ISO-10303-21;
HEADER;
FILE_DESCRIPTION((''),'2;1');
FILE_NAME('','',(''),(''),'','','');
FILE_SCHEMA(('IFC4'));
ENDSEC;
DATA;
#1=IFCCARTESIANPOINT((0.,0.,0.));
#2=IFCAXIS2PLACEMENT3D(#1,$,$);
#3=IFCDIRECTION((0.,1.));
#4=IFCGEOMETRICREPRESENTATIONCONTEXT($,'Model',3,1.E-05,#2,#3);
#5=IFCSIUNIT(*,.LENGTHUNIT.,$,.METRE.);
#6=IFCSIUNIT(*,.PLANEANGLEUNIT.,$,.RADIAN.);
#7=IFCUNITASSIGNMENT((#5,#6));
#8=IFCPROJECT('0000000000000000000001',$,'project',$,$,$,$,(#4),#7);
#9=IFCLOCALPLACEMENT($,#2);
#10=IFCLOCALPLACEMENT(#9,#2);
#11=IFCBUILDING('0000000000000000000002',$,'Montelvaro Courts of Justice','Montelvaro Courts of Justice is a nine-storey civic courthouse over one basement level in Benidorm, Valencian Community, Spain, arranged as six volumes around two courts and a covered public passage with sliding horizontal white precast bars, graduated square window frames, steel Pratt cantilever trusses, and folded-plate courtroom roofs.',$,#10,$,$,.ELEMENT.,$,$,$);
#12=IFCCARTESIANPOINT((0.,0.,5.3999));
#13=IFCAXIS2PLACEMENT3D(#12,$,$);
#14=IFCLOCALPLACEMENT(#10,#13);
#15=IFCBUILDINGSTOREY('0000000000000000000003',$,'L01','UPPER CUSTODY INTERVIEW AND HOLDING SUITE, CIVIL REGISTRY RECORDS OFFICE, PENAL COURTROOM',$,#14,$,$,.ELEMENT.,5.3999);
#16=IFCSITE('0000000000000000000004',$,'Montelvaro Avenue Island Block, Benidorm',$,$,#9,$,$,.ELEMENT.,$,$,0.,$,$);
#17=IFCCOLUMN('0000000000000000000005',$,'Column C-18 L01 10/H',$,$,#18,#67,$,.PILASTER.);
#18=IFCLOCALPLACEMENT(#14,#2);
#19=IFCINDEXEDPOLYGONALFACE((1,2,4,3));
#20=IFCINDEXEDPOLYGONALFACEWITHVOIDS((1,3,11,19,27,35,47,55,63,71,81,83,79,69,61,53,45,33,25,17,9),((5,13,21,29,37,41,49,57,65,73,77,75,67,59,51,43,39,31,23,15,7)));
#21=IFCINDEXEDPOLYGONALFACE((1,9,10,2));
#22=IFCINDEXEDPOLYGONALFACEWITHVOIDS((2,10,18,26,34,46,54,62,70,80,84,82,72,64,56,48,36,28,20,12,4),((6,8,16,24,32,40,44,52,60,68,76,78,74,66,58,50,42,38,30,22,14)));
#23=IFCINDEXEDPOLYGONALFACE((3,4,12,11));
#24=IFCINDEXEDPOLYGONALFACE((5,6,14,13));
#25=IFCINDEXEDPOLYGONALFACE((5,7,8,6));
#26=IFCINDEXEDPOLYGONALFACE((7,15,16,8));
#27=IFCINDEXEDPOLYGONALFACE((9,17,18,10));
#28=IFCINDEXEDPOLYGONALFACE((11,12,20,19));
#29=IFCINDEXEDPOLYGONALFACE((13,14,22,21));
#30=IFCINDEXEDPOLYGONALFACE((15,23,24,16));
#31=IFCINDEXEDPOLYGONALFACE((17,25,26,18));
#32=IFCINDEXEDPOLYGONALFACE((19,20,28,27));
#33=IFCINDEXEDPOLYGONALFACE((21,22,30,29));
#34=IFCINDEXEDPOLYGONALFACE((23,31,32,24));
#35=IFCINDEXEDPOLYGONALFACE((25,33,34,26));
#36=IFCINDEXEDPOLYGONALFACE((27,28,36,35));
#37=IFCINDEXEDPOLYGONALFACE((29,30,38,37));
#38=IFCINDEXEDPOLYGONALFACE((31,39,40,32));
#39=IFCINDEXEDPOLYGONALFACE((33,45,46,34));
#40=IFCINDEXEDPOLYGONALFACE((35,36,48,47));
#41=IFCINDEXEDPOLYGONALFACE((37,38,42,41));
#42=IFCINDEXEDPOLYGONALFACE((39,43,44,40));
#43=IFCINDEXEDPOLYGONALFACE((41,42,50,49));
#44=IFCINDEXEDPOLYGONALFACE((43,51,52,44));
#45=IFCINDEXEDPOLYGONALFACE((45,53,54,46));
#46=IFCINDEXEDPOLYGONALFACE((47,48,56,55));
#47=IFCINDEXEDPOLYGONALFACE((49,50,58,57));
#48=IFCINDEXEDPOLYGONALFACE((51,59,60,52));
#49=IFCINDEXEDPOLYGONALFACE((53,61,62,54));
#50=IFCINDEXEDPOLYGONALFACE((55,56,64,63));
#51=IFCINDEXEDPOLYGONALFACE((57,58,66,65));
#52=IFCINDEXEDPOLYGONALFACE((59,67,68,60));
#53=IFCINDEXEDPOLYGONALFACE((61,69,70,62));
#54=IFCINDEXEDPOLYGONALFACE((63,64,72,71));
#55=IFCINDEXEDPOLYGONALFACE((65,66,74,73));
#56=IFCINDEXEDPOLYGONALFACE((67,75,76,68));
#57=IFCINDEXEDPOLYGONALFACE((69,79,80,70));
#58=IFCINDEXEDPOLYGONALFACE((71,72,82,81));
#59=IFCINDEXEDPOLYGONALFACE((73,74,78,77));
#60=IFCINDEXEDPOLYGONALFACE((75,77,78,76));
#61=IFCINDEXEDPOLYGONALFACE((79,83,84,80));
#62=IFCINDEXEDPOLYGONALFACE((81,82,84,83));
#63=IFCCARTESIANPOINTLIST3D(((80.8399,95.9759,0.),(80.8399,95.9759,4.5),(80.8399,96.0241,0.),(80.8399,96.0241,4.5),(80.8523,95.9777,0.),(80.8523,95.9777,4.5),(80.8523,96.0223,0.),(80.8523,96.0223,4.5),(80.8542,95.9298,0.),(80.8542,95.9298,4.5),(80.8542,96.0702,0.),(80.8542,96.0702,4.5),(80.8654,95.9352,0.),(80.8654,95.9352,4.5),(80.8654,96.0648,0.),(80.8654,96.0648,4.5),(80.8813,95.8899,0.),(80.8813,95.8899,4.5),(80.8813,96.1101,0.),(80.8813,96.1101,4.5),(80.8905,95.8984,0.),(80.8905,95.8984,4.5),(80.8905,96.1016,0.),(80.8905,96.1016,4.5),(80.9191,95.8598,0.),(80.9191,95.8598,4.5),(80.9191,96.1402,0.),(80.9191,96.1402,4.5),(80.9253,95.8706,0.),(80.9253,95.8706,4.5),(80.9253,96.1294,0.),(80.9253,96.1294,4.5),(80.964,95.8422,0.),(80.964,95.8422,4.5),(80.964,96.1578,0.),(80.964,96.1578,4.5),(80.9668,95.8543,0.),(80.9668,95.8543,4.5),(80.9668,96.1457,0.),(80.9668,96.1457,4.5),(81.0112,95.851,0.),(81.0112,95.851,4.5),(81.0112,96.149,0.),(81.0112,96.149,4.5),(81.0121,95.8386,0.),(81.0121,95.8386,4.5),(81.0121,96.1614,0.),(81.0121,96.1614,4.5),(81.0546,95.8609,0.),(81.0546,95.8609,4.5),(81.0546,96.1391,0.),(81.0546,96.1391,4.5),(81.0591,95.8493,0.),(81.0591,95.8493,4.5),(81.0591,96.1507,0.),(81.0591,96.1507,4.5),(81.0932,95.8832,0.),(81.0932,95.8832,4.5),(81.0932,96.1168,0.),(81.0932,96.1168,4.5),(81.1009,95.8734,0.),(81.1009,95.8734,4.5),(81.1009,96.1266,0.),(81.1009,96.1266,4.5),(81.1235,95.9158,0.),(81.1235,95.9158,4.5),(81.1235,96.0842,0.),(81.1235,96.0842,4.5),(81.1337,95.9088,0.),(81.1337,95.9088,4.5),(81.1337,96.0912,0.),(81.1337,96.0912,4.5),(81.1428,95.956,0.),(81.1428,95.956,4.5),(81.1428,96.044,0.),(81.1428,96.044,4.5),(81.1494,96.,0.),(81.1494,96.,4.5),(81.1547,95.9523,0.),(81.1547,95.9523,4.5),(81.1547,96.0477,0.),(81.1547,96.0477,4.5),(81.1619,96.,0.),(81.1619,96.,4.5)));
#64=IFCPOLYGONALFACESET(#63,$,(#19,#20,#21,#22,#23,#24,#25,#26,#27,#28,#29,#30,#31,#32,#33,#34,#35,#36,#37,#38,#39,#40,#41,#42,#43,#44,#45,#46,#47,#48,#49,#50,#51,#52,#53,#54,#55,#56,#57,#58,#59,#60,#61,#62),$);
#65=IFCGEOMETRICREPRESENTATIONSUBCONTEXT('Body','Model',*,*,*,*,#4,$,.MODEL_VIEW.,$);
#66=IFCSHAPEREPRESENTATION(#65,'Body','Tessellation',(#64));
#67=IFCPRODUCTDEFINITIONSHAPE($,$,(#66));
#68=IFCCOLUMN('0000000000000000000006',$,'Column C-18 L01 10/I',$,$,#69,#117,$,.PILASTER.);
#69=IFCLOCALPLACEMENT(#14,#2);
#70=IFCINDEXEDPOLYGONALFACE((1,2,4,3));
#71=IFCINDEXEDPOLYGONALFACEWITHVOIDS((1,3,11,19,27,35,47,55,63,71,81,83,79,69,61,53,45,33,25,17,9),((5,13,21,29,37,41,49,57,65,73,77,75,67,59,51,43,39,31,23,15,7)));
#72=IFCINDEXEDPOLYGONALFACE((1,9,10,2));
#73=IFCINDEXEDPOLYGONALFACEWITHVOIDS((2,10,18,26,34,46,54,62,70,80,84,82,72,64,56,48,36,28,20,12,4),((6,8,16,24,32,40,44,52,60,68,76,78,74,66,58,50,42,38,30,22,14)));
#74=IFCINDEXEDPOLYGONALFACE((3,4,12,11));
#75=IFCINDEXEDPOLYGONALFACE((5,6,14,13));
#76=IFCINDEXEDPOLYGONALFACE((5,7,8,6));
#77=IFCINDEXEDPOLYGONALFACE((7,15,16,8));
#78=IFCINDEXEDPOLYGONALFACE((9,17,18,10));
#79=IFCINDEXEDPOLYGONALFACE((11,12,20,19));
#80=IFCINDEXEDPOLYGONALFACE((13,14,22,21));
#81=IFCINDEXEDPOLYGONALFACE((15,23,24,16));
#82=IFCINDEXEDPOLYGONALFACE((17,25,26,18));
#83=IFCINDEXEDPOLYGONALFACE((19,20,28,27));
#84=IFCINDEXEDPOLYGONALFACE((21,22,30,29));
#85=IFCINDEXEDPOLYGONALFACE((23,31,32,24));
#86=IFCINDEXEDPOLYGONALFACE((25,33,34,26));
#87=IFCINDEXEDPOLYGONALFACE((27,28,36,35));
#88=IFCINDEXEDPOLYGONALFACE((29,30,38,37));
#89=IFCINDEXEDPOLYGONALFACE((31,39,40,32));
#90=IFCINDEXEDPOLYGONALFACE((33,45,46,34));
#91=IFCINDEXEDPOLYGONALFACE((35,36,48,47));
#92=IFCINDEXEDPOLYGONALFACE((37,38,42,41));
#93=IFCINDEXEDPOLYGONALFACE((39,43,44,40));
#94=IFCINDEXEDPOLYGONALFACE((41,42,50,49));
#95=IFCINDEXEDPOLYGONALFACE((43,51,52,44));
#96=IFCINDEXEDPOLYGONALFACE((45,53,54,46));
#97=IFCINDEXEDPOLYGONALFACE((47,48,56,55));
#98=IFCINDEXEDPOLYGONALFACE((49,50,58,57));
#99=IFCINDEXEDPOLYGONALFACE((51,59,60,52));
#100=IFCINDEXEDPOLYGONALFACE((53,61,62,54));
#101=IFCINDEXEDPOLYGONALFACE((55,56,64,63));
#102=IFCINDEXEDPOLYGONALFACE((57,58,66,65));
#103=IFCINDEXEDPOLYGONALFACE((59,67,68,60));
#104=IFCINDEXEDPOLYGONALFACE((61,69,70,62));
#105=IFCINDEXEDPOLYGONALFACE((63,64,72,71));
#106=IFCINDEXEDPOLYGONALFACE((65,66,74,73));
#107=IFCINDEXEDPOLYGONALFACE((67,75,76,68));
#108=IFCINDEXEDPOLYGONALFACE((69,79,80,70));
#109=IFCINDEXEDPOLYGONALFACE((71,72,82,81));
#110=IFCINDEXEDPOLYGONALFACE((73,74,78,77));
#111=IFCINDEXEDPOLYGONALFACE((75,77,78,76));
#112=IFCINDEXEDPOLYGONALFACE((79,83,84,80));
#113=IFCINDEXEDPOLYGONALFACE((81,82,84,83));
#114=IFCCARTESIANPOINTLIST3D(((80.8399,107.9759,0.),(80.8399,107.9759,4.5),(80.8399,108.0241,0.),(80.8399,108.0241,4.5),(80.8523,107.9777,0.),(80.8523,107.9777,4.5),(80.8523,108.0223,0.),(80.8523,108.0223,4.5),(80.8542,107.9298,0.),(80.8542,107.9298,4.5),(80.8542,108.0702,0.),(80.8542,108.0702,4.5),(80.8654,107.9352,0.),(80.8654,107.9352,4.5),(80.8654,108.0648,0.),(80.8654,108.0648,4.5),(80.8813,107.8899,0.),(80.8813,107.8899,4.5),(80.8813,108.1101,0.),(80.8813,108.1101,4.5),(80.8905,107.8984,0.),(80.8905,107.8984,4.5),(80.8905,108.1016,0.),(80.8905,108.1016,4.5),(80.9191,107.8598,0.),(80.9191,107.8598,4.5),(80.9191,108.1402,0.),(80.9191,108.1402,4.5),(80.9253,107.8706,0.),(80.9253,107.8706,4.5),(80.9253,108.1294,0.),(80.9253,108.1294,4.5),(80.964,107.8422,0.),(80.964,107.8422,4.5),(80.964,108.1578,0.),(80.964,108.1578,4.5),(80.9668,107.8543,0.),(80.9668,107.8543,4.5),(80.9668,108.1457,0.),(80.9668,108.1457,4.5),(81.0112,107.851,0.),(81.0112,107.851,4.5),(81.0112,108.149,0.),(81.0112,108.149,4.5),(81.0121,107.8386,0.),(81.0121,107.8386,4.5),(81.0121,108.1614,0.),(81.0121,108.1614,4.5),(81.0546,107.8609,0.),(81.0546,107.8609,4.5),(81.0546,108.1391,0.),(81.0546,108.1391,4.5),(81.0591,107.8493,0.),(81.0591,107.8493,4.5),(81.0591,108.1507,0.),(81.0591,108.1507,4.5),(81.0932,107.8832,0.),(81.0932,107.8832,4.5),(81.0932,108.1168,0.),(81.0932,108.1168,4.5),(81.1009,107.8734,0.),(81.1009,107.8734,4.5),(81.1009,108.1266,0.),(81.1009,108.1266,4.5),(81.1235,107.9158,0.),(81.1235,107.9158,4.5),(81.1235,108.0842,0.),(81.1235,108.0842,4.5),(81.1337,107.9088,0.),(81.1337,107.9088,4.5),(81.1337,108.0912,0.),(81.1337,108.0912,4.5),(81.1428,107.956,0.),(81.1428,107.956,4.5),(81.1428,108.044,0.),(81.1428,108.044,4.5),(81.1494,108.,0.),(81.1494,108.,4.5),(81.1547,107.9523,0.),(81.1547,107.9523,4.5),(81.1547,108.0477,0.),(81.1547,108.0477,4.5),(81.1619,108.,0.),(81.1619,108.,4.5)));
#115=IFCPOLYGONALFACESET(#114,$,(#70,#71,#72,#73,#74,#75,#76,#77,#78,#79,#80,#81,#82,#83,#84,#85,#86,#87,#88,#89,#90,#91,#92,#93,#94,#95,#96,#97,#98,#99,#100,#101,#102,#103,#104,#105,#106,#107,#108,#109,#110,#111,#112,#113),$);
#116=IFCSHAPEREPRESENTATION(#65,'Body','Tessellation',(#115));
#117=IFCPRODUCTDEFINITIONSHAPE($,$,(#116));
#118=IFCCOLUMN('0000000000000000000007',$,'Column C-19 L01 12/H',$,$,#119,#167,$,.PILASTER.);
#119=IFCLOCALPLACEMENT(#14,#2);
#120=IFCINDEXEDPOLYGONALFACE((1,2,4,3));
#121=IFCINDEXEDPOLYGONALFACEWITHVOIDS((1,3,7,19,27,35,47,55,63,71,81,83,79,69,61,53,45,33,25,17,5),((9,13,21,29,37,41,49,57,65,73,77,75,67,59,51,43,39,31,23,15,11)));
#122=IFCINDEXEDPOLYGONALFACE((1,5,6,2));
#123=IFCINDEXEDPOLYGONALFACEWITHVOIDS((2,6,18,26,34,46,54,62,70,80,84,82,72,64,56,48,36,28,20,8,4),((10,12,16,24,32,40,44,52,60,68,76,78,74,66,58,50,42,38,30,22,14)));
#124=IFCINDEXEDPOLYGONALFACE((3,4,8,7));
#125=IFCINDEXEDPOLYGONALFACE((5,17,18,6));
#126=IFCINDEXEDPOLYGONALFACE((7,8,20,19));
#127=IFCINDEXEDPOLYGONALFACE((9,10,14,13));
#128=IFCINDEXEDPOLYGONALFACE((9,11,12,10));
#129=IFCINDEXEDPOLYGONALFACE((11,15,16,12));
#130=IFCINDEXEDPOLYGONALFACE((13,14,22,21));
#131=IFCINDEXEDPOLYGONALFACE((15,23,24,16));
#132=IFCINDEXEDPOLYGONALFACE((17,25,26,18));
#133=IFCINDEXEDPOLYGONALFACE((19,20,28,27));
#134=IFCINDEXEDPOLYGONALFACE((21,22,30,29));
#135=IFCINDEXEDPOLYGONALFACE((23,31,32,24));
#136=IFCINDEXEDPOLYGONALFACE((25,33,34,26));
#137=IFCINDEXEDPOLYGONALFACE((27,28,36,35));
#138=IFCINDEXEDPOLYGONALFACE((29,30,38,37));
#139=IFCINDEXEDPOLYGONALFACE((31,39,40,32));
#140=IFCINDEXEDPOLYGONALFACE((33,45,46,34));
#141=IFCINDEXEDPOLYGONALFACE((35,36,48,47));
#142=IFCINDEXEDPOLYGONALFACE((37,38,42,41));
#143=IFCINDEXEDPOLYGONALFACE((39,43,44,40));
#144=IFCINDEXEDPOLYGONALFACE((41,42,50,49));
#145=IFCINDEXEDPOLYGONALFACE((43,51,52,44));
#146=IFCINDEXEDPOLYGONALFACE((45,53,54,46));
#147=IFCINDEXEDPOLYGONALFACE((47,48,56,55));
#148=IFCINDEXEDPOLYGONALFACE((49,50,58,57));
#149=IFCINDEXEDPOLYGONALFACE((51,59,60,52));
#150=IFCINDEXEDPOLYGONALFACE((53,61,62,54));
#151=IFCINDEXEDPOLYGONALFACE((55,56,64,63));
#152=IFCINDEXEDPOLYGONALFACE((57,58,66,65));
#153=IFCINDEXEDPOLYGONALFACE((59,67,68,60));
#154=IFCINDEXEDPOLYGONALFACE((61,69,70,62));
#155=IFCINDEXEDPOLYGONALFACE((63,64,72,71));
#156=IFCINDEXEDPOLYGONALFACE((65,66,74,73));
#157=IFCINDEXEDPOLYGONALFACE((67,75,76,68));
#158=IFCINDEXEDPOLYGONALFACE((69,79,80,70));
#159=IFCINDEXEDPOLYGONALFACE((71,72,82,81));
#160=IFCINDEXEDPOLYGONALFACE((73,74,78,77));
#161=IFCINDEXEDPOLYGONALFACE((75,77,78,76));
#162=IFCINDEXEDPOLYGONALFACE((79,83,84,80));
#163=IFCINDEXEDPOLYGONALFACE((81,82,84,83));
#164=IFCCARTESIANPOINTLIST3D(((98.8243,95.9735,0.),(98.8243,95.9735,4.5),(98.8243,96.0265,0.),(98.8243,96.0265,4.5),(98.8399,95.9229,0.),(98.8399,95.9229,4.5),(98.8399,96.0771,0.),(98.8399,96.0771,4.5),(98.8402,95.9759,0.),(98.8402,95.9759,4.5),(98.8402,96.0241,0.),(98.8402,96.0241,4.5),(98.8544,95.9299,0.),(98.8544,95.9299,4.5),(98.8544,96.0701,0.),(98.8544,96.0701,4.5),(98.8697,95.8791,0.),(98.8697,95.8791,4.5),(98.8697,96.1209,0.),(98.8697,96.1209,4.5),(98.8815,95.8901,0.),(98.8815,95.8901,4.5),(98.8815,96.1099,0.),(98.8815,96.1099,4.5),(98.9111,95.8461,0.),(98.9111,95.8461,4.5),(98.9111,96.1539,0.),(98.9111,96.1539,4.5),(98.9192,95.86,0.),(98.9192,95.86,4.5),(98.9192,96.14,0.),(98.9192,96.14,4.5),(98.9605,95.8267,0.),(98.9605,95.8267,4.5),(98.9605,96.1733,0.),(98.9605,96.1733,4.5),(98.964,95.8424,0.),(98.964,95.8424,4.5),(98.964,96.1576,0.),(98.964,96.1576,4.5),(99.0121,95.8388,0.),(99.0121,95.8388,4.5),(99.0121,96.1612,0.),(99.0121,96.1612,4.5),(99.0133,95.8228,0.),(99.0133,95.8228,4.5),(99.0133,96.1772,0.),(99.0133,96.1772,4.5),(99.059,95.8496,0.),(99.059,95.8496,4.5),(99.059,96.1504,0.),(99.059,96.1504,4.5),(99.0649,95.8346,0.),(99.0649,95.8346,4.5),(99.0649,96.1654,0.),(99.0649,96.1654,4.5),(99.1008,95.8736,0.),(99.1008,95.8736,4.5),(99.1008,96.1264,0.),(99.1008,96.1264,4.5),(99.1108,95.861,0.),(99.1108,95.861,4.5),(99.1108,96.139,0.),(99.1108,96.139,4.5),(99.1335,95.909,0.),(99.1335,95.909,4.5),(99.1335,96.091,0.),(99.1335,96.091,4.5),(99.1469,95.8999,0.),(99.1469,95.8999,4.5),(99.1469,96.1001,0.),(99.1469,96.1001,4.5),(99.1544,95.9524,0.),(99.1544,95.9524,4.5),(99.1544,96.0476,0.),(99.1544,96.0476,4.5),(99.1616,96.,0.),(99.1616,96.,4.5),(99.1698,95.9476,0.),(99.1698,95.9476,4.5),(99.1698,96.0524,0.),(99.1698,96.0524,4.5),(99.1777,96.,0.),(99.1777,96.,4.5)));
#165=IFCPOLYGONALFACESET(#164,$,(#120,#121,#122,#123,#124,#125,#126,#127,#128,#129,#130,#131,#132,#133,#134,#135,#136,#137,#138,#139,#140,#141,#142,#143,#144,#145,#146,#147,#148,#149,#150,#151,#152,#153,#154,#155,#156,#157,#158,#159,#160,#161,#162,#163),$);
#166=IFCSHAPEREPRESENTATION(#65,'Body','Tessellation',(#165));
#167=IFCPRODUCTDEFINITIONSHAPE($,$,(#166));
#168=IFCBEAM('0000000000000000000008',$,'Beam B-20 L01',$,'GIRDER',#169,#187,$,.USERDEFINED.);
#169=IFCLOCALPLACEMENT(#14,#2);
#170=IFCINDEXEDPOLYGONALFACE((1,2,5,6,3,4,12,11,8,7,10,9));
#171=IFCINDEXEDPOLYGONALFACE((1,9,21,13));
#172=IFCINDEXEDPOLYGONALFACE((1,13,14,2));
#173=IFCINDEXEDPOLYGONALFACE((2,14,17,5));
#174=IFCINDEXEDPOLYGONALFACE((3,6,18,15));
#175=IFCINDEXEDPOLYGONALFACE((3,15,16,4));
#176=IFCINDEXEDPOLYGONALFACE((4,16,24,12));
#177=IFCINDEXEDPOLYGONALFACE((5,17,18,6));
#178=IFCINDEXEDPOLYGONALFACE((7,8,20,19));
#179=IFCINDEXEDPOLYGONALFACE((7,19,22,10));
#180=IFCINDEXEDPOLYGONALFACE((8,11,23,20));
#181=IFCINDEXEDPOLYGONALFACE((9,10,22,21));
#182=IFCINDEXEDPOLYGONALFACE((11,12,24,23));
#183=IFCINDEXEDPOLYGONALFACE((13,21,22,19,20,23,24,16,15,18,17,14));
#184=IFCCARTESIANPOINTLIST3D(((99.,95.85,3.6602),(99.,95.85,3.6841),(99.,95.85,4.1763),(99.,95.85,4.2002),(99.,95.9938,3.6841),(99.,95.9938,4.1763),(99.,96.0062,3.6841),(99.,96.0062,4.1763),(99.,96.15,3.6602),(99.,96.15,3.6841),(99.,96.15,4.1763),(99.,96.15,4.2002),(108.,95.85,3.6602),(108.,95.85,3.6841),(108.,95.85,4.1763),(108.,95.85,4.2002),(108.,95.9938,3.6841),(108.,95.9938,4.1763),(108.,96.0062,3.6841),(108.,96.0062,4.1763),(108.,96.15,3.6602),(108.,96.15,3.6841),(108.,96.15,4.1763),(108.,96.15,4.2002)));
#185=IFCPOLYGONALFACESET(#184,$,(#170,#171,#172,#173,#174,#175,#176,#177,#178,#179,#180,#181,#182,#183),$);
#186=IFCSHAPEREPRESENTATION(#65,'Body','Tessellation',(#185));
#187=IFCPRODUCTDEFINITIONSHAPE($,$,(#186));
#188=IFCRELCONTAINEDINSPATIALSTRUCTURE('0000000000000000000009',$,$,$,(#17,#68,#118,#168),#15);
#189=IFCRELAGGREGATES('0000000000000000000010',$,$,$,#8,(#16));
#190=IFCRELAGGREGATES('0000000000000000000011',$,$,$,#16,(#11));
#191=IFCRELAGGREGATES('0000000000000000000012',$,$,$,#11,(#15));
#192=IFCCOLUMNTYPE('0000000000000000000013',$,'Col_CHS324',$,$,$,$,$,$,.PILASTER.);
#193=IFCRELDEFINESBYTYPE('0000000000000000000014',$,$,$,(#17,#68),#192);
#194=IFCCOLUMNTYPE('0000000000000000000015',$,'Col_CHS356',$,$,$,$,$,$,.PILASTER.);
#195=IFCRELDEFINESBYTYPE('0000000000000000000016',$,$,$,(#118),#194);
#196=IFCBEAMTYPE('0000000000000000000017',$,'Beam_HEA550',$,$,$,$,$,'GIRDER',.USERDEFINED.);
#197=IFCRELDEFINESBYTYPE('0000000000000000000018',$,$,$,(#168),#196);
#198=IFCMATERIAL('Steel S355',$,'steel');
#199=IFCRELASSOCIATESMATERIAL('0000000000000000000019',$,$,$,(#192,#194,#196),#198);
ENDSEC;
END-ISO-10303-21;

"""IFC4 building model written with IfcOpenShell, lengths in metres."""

from ifc_helpers import new_model, si_unit, direction, frame, origin, origin_2d, place, context, subcontext, project, spatial, hollow_circle, i_section, extrude, material, material_profile, profile_set, type_object, element, save


model = new_model("IFC4")

# Units and contexts
model_context = context("Model", 3, precision=1e-05, world=origin(), true_north=direction((0.0, 1.0)))
body_context = subcontext(model_context, "Body", "Model", "MODEL_VIEW")
ifc_project = project(units=[si_unit("LENGTHUNIT", "METRE"), si_unit("PLANEANGLEUNIT", "RADIAN")], contexts=[model_context])

# Site, building, storey
site_placement = place(None, origin())
site = spatial("IfcSite", under=ifc_project, at=site_placement, Name="Montelvaro Avenue Island Block, Benidorm", CompositionType="ELEMENT", RefElevation=0.0)
building_placement = place(site_placement, origin())
building = spatial("IfcBuilding", under=site, at=building_placement, Name="Montelvaro Courts of Justice", Description="Montelvaro Courts of Justice is a nine-storey civic courthouse over one basement level in Benidorm, Valencian Community, Spain, arranged as six volumes around two courts and a covered public passage with sliding horizontal white precast bars, graduated square window frames, steel Pratt cantilever trusses, and folded-plate courtroom roofs.", CompositionType="ELEMENT")
storey_placement = place(building_placement, frame((0.0, 0.0, 5.3999)))
storey = spatial("IfcBuildingStorey", under=building, at=storey_placement, Name="L01", Description="UPPER CUSTODY INTERVIEW AND HOLDING SUITE, CIVIL REGISTRY RECORDS OFFICE, PENAL COURTROOM", CompositionType="ELEMENT", Elevation=5.3999)

# Columns
ifc_material_1 = material(Name="Steel S355", Category="steel")
ifc_material_profile_1 = material_profile(ifc_material_1, hollow_circle(Radius=0.1619, WallThickness=0.0125, at=origin_2d()), Name="CHS 323.9x12.5")
ifc_profile_set_1 = profile_set([ifc_material_profile_1], Name="Steel S355")
column_type_1 = type_object("IfcColumnType", Name="Col_CHS324", PredefinedType="PILASTER", material=ifc_profile_set_1)
for number, where, z_axis, x_axis, name in (
    (1, (81.0, 96.0, 0.0), (0.0, 0.0, 1.0), (1.0, 0.0, 0.0), "Column C-18 L01 10/H"),
    (2, (81.0, 108.0, 0.0), (0.0, 0.0, 1.0), (1.0, 0.0, 0.0), "Column C-18 L01 10/I"),
):
    element("IfcColumn", number, at=place(storey_placement, frame(where, z_axis=z_axis, x_axis=x_axis)), inside=storey, type_object=column_type_1, Name=name, PredefinedType="PILASTER", context=body_context, shape_type="SweptSolid", body=[
        extrude(hollow_circle(Radius=0.1619, WallThickness=0.0125, at=origin_2d()), origin(), (0.0, 0.0, 1.0), 4.5),
    ])
ifc_material_profile_2 = material_profile(ifc_material_1, hollow_circle(Radius=0.1777, WallThickness=0.0161, at=origin_2d()), Name="CHS 355.6x16")
ifc_profile_set_2 = profile_set([ifc_material_profile_2], Name="Steel S355")
column_type_2 = type_object("IfcColumnType", Name="Col_CHS356", PredefinedType="PILASTER", material=ifc_profile_set_2)
column_placement = place(storey_placement, frame((99.0, 96.0, 0.0), z_axis=(0.0, 0.0, 1.0), x_axis=(1.0, 0.0, 0.0)))
element("IfcColumn", 3, at=column_placement, inside=storey, type_object=column_type_2, Name="Column C-19 L01 12/H", PredefinedType="PILASTER", context=body_context, shape_type="SweptSolid", body=[
    extrude(hollow_circle(Radius=0.1777, WallThickness=0.0161, at=origin_2d()), origin(), (0.0, 0.0, 1.0), 4.5),
])

# Beam
ifc_material_profile_3 = material_profile(ifc_material_1, i_section(OverallWidth=0.3, OverallDepth=0.54, WebThickness=0.0125, FlangeThickness=0.0239, at=origin_2d()), Name="HEA 550")
ifc_profile_set_3 = profile_set([ifc_material_profile_3], Name="Steel S355")
beam_type_1 = type_object("IfcBeamType", Name="Beam_HEA550", ElementType="GIRDER", PredefinedType="USERDEFINED", material=ifc_profile_set_3)
beam_1_placement = place(storey_placement, frame((99.0, 96.0, 3.9302), z_axis=(1.0, 0.0, 0.0), x_axis=(0.0, 1.0, 0.0)))
element("IfcBeam", 4, at=beam_1_placement, inside=storey, type_object=beam_type_1, Name="Beam B-20 L01", ObjectType="GIRDER", PredefinedType="USERDEFINED", context=body_context, shape_type="SweptSolid", body=[
    extrude(i_section(OverallWidth=0.3, OverallDepth=0.54, WebThickness=0.0125, FlangeThickness=0.0239, at=origin_2d()), origin(), (0.0, 0.0, 1.0), 9.0),
])

save(model, "model.ifc")
